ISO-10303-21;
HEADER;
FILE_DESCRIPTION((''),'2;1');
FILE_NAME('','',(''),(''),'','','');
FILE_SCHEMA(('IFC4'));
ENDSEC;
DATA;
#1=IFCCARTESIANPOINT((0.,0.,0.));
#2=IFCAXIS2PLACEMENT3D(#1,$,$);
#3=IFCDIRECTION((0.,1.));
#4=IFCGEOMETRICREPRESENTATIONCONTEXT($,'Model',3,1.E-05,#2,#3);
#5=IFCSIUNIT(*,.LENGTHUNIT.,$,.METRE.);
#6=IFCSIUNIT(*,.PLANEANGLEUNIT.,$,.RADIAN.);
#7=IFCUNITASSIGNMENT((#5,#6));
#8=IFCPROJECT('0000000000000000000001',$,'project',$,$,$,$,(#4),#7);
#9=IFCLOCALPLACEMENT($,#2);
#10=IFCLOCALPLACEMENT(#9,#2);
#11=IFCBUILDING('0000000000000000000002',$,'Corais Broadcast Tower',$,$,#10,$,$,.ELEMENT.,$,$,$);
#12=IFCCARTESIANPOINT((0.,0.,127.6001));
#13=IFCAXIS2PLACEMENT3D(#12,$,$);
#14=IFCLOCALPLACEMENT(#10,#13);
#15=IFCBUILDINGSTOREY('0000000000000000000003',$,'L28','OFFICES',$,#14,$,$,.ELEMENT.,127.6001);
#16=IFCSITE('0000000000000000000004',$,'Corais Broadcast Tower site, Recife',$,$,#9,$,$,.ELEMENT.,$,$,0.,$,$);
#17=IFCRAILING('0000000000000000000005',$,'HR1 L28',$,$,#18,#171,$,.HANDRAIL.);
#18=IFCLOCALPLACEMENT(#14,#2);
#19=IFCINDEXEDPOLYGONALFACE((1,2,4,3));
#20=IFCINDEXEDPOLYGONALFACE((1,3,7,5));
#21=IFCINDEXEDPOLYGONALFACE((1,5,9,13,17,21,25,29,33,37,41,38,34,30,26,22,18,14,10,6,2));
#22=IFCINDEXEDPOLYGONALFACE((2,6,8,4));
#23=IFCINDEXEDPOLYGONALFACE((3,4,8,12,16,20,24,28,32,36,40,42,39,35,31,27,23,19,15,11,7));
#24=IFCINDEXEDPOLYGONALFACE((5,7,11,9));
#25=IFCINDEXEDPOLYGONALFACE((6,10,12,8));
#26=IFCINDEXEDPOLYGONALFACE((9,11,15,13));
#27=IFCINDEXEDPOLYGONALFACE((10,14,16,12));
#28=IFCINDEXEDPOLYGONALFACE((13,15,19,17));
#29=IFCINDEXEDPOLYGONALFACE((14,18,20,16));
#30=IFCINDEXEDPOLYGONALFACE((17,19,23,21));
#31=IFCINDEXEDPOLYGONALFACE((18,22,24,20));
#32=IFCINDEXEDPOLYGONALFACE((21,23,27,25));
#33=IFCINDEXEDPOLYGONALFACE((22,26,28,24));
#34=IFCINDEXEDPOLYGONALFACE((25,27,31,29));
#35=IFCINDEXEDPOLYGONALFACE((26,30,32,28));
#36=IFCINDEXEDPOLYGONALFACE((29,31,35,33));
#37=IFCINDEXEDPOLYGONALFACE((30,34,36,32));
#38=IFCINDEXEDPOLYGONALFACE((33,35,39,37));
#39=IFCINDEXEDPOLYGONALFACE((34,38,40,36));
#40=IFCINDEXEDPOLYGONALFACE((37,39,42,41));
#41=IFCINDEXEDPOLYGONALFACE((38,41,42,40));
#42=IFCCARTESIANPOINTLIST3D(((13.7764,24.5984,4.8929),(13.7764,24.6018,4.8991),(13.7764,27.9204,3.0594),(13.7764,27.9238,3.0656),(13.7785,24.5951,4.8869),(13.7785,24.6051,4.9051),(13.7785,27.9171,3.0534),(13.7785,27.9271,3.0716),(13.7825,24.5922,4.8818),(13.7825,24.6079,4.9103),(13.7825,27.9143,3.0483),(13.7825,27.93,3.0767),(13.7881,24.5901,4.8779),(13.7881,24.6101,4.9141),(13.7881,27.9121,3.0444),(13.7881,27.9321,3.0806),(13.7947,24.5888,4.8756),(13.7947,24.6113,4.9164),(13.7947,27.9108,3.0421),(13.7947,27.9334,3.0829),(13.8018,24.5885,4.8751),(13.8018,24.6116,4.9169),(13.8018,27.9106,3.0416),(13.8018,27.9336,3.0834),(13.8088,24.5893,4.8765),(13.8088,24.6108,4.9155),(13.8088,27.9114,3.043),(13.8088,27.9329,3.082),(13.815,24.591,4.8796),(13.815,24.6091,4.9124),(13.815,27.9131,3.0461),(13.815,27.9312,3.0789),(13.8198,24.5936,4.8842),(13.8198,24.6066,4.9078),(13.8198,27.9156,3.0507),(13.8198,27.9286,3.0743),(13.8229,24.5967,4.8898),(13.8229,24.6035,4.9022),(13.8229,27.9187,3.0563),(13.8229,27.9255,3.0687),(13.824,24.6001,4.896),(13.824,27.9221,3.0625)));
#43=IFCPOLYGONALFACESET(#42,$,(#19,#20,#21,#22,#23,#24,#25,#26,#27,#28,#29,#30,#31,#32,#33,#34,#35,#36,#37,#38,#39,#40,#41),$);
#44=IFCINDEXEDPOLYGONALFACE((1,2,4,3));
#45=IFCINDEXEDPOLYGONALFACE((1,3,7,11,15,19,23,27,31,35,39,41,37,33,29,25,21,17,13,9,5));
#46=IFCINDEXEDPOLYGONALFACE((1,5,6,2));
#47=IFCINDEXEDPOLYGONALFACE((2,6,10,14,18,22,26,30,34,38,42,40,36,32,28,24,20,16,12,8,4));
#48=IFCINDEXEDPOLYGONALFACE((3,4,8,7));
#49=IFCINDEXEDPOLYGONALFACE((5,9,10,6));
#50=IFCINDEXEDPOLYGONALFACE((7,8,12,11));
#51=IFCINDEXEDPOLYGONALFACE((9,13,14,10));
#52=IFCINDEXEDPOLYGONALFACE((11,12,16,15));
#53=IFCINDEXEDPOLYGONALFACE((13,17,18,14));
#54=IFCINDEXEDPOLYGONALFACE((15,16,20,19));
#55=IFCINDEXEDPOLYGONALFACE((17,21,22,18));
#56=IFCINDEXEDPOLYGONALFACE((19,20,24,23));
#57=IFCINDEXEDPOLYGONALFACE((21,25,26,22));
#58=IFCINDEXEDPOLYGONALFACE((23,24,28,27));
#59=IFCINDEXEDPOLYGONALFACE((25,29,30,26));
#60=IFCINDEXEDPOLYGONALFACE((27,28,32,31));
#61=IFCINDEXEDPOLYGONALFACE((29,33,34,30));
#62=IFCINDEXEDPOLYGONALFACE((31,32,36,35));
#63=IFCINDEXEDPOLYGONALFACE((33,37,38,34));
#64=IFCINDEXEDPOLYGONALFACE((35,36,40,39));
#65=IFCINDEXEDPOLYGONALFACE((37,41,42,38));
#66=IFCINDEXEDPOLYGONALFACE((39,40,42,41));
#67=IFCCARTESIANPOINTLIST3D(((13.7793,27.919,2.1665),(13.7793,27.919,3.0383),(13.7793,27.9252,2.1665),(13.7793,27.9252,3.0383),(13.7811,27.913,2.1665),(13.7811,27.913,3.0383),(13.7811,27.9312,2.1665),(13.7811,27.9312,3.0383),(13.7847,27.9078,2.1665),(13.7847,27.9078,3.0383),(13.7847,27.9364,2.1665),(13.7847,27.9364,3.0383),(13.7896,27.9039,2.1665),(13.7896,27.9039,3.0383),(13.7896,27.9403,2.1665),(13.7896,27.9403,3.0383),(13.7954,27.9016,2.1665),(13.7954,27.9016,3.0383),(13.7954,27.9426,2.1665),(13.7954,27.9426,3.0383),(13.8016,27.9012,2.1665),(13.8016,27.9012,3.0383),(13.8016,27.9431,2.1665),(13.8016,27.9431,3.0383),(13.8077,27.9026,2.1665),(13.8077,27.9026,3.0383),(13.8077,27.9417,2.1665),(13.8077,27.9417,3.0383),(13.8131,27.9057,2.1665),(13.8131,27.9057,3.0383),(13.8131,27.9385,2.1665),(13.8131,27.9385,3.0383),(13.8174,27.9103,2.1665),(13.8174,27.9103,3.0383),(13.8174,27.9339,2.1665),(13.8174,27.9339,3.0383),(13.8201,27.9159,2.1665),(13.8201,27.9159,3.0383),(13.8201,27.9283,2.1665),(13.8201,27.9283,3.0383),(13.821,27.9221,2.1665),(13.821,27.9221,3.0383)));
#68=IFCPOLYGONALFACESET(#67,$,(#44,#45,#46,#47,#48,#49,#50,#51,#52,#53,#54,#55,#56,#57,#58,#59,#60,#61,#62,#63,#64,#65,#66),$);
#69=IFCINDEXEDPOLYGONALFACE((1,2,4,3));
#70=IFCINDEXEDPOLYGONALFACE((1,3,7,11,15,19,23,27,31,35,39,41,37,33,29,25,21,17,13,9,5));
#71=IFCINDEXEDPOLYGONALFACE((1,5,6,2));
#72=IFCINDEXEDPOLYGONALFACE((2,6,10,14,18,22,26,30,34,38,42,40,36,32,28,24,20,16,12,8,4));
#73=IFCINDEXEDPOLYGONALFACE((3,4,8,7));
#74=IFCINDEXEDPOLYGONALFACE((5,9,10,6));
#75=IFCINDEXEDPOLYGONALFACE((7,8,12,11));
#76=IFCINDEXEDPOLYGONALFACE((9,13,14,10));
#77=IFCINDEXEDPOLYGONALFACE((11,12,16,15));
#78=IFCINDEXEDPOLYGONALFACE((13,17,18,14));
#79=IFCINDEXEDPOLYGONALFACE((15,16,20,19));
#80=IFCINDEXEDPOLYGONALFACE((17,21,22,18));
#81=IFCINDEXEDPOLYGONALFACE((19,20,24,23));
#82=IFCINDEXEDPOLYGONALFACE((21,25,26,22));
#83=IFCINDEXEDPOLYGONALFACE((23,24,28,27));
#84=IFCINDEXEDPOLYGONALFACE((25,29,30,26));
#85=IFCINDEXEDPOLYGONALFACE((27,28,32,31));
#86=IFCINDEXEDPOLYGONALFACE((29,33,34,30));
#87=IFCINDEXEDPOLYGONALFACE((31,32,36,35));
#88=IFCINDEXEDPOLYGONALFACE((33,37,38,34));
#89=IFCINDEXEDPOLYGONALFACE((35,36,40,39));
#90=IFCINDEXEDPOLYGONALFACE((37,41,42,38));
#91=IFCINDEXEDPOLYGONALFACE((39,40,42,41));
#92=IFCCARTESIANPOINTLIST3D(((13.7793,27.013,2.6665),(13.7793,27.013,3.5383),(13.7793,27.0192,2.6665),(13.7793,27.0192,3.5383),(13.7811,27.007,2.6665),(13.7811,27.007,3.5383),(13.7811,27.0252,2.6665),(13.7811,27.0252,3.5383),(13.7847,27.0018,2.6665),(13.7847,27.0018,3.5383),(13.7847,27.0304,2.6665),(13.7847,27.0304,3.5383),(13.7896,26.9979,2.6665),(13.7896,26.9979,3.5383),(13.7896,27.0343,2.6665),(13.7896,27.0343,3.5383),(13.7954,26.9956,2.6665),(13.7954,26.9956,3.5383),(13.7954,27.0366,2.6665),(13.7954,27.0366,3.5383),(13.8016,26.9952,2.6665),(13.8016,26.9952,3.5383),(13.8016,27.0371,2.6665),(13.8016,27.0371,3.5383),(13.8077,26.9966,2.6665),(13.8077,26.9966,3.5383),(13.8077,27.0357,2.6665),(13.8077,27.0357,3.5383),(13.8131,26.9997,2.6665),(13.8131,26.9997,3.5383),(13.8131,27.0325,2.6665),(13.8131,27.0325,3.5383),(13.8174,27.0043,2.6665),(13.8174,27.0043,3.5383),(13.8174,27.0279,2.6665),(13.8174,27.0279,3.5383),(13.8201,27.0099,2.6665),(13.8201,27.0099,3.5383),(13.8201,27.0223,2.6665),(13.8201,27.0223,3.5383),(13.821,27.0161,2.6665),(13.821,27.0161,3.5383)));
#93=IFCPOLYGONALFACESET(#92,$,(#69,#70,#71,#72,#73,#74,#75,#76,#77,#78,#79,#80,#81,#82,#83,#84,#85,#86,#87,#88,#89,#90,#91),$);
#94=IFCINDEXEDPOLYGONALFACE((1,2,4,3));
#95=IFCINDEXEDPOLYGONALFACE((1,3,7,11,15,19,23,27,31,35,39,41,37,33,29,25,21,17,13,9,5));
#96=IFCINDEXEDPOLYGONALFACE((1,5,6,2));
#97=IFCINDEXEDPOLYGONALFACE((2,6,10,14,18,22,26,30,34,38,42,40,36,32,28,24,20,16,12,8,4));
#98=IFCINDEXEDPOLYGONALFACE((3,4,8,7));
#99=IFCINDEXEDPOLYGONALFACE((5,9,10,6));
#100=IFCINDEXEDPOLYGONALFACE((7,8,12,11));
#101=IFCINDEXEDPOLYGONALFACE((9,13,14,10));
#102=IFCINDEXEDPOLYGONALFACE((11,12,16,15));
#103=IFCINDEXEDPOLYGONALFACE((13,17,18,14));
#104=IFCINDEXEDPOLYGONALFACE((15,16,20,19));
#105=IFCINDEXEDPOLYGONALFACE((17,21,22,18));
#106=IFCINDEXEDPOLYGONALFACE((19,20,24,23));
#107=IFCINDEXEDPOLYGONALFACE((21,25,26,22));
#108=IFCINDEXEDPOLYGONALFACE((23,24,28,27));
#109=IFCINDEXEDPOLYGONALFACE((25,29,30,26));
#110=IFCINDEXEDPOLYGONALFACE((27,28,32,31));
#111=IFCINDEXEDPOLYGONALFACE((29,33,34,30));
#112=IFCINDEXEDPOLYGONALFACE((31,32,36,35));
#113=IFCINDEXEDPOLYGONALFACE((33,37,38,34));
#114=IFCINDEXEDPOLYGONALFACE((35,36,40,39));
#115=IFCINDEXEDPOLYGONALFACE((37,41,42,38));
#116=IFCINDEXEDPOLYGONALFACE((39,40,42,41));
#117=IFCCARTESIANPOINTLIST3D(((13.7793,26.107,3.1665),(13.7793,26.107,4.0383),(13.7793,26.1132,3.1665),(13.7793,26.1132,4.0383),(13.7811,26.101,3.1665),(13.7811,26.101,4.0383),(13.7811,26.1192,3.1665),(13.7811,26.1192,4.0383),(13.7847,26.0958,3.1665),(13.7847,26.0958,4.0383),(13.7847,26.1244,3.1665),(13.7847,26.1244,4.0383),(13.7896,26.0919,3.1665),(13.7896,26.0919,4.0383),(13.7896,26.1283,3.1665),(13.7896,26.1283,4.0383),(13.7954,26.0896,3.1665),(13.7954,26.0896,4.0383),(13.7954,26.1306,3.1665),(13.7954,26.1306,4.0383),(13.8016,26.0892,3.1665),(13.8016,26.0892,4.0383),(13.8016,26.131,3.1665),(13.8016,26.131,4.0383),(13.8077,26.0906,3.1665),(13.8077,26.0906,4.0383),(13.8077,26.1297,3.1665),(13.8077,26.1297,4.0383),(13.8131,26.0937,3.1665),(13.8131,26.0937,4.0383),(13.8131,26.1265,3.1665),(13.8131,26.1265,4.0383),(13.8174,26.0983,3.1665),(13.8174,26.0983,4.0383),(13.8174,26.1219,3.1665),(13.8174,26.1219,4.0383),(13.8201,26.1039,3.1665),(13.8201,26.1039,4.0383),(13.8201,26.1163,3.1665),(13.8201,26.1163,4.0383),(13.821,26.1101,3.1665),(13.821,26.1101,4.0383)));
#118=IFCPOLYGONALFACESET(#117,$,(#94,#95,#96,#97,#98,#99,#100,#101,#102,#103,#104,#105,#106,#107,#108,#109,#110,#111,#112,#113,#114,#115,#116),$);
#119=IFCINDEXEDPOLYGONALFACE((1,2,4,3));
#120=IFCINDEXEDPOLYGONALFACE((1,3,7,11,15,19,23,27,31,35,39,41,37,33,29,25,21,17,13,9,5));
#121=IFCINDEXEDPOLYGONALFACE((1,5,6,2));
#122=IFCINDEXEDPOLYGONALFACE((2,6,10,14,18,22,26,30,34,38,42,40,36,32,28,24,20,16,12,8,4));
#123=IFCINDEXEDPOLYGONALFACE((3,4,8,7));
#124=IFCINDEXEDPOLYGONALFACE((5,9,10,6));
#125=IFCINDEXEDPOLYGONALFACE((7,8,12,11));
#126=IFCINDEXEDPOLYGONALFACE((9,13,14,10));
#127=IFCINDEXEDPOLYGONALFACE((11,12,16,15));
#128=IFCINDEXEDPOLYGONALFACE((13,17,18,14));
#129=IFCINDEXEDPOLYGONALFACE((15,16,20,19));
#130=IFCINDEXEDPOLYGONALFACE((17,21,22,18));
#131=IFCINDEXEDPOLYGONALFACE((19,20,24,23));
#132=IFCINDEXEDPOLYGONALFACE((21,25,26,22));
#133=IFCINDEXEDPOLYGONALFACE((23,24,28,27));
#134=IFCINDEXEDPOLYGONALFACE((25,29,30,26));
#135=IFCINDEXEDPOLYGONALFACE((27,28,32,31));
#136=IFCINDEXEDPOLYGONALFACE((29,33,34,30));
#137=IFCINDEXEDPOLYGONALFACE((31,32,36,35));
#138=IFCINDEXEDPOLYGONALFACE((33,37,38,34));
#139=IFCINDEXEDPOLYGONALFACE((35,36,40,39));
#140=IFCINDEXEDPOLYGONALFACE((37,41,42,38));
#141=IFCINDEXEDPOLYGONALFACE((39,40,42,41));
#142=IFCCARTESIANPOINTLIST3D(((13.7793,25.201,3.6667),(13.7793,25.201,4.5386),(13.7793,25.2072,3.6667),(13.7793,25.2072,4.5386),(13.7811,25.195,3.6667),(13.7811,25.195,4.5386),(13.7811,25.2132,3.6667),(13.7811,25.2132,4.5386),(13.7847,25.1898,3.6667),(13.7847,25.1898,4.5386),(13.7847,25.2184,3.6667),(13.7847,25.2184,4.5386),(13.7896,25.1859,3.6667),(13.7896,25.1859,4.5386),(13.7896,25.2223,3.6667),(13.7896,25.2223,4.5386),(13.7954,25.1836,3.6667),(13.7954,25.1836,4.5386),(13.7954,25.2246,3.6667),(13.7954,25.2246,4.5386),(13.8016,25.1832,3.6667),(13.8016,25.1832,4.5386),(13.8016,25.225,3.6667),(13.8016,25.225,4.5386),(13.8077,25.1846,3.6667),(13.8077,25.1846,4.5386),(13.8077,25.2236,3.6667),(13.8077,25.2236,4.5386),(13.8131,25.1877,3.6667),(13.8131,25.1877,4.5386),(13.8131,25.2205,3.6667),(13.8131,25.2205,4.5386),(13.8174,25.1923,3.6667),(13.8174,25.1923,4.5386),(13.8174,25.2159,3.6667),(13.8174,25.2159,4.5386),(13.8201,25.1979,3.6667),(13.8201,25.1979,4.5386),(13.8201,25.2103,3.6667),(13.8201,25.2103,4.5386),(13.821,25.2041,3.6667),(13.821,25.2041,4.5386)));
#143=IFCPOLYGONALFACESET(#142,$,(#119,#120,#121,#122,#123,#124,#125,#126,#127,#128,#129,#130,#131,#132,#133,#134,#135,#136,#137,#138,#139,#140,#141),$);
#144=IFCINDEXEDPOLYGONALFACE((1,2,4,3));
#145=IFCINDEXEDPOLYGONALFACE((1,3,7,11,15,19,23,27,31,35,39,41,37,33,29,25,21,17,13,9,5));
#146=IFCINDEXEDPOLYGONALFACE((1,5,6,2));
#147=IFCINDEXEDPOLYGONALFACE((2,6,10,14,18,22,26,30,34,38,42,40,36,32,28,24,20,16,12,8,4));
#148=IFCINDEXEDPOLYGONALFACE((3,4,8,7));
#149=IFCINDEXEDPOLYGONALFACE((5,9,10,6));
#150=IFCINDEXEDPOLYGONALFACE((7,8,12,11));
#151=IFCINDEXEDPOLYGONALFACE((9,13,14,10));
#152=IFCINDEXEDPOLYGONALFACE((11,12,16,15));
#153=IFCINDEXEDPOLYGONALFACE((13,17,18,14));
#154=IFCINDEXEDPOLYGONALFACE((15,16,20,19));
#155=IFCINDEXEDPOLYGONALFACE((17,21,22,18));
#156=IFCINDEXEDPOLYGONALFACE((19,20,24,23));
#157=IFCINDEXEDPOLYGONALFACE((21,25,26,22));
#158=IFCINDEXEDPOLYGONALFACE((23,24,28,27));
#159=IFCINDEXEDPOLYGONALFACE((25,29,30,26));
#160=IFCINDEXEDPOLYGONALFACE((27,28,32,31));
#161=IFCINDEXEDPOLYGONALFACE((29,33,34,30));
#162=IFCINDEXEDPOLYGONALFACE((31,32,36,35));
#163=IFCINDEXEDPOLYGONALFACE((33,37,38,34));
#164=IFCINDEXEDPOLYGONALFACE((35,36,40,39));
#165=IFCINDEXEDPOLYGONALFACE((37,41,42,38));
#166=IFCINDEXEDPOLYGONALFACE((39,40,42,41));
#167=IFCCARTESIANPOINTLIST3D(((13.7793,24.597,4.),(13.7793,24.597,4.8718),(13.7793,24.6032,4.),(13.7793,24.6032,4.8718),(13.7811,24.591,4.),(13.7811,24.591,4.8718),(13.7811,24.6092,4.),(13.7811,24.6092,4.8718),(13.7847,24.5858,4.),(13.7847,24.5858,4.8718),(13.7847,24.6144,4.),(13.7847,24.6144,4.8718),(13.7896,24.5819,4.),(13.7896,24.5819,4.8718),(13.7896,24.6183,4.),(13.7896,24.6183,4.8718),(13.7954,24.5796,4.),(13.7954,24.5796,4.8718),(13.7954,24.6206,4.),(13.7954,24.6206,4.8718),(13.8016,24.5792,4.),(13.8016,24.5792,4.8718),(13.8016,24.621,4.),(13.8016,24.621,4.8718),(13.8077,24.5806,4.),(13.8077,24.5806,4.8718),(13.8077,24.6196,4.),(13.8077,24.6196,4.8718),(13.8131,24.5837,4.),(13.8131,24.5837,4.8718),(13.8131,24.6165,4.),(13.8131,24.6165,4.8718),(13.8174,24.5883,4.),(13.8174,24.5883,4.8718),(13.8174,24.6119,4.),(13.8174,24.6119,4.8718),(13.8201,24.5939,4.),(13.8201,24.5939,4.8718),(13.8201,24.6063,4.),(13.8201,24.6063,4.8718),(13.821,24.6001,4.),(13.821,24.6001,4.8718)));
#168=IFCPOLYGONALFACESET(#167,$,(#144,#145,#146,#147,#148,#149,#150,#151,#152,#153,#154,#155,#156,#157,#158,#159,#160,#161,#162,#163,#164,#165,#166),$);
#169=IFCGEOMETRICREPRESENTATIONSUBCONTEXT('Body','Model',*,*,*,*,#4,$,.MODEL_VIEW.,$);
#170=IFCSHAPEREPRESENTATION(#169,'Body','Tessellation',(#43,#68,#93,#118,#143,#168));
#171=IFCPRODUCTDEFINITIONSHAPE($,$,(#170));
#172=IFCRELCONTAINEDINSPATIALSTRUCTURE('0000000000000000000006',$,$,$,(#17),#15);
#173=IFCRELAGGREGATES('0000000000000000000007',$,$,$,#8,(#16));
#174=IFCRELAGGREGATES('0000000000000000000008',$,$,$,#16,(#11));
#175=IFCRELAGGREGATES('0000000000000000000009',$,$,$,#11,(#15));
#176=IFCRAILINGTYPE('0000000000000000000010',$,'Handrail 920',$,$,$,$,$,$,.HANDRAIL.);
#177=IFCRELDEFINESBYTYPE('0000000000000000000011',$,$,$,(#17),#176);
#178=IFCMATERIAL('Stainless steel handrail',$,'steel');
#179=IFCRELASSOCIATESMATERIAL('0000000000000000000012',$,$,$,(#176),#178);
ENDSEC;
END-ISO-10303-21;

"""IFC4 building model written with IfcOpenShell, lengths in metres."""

from ifc_helpers import new_model, si_unit, direction, frame, origin, origin_2d, place, context, subcontext, project, spatial, circle, extrude, material, type_object, element, save


model = new_model("IFC4")

# Units and contexts
model_context = context("Model", 3, precision=1e-05, world=origin(), true_north=direction((0.0, 1.0)))
body_context = subcontext(model_context, "Body", "Model", "MODEL_VIEW")
ifc_project = project(units=[si_unit("LENGTHUNIT", "METRE"), si_unit("PLANEANGLEUNIT", "RADIAN")], contexts=[model_context])

# Site, building, storey
site_placement = place(None, origin())
site = spatial("IfcSite", under=ifc_project, at=site_placement, Name="Corais Broadcast Tower site, Recife", CompositionType="ELEMENT", RefElevation=0.0)
building_placement = place(site_placement, origin())
building = spatial("IfcBuilding", under=site, at=building_placement, Name="Corais Broadcast Tower", CompositionType="ELEMENT")
storey_placement = place(building_placement, frame((0.0, 0.0, 127.6001)))
storey = spatial("IfcBuildingStorey", under=building, at=storey_placement, Name="L28", Description="OFFICES", CompositionType="ELEMENT", Elevation=127.6001)

# Railing
ifc_material_1 = material(Name="Stainless steel handrail", Category="steel")
railing_type = type_object("IfcRailingType", Name="Handrail 920", PredefinedType="HANDRAIL", material=ifc_material_1)
for number, where, name in (
    (1, (13.8, 27.9221, 2.1665), "HR1 L28"),
):
    element("IfcRailing", number, at=place(storey_placement, frame(where)), inside=storey, type_object=railing_type, Name=name, PredefinedType="HANDRAIL", context=body_context, shape_type="SweptSolid", body=[
        extrude(circle(Radius=0.0239, at=origin_2d()), frame((0.0, 0.0, 0.896), z_axis=(0.0, -0.875504, 0.48321), x_axis=(1.0, 0.0, 0.0)), (0.0, 0.0, 1.0), 3.7944),
        extrude(circle(Radius=0.021, at=origin_2d()), origin(), (0.0, 0.0, 1.0), 0.8718),
        extrude(circle(Radius=0.021, at=origin_2d()), frame((0.0, -0.906, 0.5)), (0.0, 0.0, 1.0), 0.8718),
        extrude(circle(Radius=0.021, at=origin_2d()), frame((0.0, -1.812, 1.0)), (0.0, 0.0, 1.0), 0.8718),
        extrude(circle(Radius=0.021, at=origin_2d()), frame((0.0, -2.718, 1.5002)), (0.0, 0.0, 1.0), 0.8718),
        extrude(circle(Radius=0.021, at=origin_2d()), frame((0.0, -3.322, 1.8335)), (0.0, 0.0, 1.0), 0.8718),
    ])

save(model, "model.ifc")
